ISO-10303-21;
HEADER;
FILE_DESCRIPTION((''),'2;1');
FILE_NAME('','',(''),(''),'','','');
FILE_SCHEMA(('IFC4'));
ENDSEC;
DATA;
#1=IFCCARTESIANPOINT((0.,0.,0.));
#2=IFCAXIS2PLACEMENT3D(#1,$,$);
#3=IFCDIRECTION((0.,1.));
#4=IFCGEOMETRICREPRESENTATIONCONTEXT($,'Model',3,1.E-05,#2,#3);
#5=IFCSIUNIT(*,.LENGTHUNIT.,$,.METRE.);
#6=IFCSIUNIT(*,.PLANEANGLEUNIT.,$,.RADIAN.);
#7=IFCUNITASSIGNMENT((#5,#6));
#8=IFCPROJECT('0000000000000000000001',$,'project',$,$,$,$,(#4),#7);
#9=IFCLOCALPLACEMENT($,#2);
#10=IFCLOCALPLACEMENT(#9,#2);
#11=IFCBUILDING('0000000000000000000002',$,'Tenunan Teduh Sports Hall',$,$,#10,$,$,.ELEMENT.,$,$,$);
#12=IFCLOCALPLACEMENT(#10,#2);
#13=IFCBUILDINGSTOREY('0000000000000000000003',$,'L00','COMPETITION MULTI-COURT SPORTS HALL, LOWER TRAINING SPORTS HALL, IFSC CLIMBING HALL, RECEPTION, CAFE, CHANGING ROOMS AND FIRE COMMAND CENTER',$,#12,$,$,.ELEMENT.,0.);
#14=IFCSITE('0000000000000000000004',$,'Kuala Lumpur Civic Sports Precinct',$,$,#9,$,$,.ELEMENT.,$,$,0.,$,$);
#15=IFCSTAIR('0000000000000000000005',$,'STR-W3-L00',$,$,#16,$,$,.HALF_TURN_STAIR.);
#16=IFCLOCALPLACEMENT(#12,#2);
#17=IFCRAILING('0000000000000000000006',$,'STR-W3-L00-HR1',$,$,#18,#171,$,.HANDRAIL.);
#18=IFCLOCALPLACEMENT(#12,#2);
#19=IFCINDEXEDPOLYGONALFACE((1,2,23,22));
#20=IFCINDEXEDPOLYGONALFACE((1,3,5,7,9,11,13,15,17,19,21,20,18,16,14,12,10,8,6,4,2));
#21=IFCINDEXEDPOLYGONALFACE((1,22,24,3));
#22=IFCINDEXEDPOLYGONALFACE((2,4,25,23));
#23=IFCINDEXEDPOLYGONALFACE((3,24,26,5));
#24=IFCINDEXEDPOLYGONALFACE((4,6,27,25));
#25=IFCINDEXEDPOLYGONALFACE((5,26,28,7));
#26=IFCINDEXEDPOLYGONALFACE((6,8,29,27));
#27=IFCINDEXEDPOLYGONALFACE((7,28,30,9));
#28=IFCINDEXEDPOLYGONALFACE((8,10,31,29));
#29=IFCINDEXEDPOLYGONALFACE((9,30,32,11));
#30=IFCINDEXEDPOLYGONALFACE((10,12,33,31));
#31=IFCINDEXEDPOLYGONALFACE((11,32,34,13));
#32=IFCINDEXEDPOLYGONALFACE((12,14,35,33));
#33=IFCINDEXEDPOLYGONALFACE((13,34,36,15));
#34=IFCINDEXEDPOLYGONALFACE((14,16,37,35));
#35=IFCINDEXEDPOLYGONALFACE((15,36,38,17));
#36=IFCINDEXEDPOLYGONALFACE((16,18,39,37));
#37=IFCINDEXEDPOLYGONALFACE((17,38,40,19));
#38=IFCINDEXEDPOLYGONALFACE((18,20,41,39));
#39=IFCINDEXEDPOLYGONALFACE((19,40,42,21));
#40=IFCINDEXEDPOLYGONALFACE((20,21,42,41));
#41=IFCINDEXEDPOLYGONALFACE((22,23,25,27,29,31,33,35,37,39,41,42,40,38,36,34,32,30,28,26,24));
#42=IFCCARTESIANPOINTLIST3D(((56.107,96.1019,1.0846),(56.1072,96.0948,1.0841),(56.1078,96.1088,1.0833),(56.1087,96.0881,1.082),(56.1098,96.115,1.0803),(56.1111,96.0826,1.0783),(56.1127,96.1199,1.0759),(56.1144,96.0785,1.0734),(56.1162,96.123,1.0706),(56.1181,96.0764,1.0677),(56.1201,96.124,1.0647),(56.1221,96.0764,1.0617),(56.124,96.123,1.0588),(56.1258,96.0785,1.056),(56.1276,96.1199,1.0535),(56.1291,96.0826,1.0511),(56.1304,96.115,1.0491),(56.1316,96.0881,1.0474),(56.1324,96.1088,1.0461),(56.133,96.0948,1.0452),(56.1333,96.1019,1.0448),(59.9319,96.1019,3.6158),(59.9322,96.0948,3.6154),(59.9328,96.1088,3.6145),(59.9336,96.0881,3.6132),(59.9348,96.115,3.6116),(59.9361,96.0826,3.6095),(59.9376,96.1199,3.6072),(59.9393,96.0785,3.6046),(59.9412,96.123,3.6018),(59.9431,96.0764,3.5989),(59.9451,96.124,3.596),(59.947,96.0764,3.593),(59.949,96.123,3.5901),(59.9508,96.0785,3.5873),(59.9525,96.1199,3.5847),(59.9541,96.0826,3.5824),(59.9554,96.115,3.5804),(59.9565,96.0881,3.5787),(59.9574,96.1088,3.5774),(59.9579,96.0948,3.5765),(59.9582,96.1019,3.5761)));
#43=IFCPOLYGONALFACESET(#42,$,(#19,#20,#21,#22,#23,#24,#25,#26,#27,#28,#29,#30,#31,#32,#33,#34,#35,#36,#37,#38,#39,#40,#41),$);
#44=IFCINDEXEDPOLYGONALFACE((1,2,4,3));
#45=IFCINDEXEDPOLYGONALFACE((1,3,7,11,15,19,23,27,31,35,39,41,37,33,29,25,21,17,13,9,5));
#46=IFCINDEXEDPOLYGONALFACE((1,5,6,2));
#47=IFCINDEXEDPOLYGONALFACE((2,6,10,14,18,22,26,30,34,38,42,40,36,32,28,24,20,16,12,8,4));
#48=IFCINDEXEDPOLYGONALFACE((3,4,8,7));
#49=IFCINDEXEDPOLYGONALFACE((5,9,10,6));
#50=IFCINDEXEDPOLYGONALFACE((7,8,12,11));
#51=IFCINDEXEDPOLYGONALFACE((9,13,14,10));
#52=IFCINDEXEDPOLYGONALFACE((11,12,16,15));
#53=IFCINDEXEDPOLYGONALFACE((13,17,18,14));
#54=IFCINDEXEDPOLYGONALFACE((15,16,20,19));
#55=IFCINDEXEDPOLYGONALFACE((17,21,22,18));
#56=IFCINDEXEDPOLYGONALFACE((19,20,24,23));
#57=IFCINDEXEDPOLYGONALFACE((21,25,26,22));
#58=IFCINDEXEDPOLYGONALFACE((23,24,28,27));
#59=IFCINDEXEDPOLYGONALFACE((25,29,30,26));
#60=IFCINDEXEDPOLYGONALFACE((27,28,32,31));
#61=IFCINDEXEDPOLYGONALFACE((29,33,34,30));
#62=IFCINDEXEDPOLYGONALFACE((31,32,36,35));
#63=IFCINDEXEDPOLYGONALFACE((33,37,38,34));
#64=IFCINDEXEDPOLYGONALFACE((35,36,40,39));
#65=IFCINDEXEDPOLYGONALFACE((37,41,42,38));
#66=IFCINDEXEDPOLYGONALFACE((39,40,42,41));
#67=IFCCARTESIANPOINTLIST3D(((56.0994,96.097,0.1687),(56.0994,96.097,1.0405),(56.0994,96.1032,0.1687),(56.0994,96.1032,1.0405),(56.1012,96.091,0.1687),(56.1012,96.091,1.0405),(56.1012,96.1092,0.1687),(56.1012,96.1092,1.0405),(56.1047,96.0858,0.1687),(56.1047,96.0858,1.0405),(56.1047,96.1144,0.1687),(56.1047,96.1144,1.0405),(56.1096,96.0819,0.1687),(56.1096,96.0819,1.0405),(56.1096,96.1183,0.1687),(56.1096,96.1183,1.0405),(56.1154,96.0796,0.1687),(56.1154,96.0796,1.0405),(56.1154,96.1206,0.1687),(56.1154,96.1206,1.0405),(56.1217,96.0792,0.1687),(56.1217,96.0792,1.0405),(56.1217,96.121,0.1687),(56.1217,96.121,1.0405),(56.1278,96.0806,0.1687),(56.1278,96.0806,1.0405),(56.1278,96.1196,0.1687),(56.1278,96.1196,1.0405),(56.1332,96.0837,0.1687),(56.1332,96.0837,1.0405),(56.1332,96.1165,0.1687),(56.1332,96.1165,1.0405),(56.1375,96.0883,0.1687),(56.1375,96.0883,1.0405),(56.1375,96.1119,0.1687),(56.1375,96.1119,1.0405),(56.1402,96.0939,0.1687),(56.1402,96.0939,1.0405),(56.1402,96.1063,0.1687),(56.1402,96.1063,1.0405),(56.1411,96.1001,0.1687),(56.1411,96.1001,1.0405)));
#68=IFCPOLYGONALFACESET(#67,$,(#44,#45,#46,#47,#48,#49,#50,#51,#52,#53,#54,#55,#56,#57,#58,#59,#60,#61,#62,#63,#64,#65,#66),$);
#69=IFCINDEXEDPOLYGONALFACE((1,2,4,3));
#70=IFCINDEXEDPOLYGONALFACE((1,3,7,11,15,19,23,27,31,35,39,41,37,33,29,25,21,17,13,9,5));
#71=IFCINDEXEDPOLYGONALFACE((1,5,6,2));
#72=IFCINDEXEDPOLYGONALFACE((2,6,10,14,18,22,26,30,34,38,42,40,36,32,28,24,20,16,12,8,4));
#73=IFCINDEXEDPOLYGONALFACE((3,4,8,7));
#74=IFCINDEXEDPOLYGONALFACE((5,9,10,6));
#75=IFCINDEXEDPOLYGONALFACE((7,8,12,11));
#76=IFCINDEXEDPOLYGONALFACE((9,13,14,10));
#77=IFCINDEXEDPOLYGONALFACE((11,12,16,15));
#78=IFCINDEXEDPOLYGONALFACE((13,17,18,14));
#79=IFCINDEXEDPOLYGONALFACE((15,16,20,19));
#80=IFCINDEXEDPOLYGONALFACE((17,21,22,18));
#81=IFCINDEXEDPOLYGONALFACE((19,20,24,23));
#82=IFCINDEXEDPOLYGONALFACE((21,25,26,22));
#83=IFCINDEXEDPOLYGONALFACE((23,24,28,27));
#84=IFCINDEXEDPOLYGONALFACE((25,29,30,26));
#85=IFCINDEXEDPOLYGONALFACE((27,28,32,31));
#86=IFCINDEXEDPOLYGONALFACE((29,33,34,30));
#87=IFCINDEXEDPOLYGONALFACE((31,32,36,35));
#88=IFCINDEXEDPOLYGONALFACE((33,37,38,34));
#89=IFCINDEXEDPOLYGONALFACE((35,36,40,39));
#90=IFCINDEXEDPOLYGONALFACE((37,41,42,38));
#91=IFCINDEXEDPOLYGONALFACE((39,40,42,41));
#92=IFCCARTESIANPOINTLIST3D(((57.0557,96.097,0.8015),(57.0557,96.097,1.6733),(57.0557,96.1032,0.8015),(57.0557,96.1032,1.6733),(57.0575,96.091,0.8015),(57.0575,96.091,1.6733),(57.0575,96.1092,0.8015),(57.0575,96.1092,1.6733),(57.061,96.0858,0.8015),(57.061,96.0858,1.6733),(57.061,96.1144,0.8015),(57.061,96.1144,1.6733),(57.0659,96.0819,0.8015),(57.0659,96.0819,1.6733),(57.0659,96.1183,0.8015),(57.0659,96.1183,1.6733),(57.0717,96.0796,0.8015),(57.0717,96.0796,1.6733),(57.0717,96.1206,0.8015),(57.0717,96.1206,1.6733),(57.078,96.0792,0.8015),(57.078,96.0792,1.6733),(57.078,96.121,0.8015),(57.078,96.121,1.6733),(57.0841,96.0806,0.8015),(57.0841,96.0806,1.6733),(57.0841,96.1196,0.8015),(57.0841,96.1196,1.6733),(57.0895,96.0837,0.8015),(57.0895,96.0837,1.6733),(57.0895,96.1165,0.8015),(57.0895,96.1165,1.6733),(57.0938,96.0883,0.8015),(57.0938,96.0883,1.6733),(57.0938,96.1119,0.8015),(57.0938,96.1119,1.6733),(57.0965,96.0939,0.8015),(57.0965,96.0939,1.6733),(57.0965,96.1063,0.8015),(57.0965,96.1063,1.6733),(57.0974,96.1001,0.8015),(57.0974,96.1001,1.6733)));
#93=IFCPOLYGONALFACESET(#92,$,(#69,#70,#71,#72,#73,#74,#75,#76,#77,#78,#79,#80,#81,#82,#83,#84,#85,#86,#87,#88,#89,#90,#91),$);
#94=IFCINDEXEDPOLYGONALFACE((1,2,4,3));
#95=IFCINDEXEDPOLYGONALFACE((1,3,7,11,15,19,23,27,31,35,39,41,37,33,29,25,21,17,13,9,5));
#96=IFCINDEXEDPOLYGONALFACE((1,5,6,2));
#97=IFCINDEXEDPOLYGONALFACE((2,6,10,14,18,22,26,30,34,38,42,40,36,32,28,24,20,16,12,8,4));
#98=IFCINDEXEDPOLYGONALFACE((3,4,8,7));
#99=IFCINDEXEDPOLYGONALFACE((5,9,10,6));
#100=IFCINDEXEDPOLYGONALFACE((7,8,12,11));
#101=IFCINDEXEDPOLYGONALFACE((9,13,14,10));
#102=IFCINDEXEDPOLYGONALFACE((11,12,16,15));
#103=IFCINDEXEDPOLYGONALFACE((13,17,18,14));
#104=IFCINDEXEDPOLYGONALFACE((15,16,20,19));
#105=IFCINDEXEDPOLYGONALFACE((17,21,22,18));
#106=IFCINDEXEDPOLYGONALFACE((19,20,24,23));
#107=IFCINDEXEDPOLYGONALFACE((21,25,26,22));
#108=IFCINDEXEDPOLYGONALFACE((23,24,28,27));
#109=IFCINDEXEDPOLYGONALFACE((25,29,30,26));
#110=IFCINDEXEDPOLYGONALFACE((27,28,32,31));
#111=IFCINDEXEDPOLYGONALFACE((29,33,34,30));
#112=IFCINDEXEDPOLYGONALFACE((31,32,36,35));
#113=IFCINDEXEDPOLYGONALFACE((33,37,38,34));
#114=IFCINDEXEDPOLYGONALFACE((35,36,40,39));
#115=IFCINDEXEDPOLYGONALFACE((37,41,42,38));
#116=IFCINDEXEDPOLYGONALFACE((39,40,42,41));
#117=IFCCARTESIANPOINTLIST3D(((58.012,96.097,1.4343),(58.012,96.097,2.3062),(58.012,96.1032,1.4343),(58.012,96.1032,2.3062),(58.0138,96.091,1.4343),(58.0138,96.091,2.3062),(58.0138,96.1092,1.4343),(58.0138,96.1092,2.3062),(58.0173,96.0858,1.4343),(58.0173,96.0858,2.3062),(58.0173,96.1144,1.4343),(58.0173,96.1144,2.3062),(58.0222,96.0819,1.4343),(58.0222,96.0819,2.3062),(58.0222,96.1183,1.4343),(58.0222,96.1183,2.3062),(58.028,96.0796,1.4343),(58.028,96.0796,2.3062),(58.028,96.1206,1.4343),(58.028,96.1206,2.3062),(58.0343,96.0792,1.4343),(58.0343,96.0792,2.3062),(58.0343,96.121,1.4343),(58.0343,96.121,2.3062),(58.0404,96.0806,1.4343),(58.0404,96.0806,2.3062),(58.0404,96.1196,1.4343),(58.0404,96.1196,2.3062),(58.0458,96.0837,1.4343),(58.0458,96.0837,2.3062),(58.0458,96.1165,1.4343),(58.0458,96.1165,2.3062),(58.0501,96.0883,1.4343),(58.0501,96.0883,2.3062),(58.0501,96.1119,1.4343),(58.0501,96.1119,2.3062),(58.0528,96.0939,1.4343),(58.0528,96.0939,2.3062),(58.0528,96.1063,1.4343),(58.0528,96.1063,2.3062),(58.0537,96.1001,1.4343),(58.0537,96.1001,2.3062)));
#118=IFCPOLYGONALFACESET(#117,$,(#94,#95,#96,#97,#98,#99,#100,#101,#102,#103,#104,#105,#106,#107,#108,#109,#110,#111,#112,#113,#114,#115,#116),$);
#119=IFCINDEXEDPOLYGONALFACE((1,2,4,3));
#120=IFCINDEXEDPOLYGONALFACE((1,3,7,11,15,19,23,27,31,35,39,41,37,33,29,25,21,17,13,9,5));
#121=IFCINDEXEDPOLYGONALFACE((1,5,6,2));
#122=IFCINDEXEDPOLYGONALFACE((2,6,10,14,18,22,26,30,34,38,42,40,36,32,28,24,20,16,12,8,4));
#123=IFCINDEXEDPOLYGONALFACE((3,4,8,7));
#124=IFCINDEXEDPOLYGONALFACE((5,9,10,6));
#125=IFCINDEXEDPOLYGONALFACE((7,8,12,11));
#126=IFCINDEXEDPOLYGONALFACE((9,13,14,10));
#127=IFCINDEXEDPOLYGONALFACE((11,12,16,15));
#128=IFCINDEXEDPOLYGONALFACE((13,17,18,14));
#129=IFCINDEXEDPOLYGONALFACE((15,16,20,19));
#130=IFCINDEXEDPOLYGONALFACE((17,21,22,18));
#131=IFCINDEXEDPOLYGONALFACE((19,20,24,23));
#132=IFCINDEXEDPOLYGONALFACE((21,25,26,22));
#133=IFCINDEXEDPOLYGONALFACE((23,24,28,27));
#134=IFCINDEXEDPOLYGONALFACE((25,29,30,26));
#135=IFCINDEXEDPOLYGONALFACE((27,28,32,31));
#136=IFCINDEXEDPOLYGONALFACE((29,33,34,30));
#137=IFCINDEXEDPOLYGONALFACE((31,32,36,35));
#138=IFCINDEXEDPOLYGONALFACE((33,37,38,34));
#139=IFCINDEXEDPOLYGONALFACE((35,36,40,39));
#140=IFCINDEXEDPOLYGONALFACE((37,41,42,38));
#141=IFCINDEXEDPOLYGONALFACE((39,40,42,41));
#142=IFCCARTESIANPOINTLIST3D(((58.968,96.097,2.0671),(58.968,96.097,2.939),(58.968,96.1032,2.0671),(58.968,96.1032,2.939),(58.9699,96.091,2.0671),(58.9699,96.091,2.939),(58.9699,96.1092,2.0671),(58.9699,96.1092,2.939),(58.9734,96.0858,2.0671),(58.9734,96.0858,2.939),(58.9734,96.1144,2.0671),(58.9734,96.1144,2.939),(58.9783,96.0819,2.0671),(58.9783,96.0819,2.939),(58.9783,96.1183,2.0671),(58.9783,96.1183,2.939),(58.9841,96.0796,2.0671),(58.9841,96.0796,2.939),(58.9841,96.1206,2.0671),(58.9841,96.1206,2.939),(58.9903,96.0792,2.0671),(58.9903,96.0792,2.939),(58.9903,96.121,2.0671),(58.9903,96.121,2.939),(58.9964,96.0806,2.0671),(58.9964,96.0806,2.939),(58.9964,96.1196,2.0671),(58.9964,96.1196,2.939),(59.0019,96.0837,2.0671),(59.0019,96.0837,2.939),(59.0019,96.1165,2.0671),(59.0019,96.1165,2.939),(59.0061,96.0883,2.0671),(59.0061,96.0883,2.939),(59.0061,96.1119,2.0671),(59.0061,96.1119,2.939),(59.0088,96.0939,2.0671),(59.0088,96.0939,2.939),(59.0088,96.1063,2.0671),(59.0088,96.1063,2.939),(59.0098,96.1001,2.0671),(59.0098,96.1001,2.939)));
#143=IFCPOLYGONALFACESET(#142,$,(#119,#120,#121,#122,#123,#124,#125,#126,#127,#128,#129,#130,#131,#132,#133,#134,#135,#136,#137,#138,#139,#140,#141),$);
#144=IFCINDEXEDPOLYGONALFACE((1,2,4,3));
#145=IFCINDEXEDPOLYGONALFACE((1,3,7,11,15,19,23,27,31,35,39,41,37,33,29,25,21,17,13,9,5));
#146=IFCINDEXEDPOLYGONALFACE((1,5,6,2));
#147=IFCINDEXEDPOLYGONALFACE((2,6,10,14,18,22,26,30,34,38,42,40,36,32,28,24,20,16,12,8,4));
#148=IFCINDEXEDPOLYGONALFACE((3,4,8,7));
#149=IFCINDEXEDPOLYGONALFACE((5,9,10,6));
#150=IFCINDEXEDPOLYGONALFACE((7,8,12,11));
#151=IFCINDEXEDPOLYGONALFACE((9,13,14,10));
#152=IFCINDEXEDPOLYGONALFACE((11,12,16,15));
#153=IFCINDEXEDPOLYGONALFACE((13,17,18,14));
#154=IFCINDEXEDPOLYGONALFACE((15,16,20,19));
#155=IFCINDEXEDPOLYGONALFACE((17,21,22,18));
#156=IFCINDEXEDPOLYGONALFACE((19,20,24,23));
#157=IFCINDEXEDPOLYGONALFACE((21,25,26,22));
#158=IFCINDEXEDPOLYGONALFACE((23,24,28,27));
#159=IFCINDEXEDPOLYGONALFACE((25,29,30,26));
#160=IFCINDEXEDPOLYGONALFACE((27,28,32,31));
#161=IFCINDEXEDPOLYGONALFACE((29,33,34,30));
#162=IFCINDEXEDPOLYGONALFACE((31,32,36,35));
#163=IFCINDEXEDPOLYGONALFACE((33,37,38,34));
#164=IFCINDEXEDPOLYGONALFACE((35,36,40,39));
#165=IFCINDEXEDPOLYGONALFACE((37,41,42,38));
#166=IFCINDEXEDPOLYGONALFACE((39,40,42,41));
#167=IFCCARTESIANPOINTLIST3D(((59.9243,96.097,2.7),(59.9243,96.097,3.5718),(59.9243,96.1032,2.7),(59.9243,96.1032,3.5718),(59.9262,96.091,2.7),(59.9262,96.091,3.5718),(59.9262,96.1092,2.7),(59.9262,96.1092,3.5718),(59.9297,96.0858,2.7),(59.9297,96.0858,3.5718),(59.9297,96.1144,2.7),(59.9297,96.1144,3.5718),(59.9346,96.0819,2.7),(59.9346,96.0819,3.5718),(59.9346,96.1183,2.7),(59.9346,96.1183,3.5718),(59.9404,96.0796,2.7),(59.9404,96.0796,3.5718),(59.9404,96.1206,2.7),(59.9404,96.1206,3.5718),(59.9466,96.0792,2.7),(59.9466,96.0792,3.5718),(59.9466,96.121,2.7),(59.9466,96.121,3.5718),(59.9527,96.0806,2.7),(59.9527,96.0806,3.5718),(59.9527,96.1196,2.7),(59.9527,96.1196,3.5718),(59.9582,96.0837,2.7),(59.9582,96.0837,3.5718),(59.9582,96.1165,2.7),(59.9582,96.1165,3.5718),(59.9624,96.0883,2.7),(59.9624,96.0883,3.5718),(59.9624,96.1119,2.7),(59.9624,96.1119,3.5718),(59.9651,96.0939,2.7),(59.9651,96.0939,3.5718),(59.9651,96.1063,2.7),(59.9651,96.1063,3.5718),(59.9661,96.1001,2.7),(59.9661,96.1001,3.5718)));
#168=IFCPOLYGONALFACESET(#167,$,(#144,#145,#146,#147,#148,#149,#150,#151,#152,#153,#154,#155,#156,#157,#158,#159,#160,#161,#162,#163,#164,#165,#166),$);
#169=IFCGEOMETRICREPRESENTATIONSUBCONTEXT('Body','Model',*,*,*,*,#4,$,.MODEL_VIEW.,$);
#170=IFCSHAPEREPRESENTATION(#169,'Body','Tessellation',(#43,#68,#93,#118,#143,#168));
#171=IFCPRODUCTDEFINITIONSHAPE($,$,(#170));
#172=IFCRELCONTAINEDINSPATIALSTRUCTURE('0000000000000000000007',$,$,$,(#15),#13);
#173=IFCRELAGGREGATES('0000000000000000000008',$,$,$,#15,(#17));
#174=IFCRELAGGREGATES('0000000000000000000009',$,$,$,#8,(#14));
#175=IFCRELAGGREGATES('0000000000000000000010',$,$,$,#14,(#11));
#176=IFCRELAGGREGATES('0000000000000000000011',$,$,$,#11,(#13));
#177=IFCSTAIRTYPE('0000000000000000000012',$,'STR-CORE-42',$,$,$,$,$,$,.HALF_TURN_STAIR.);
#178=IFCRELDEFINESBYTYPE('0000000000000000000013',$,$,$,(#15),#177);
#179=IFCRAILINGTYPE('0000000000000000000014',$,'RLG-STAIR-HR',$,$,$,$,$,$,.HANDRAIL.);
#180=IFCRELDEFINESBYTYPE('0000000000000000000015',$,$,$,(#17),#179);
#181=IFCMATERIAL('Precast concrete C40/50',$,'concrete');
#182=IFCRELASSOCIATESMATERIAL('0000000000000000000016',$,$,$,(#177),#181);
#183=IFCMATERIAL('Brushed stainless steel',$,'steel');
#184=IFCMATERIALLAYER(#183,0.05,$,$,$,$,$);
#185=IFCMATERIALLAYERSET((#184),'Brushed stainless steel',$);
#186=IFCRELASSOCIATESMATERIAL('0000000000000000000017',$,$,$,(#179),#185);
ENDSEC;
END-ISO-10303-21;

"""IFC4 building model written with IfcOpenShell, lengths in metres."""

from ifc_helpers import new_model, si_unit, direction, frame, origin, origin_2d, place, context, subcontext, project, spatial, circle, extrude, material, layer, layer_set, type_object, element, aggregate, save


model = new_model("IFC4")

# Units and contexts
model_context = context("Model", 3, precision=1e-05, world=origin(), true_north=direction((0.0, 1.0)))
body_context = subcontext(model_context, "Body", "Model", "MODEL_VIEW")
ifc_project = project(units=[si_unit("LENGTHUNIT", "METRE"), si_unit("PLANEANGLEUNIT", "RADIAN")], contexts=[model_context])

# Site, building, storey
site_placement = place(None, origin())
site = spatial("IfcSite", under=ifc_project, at=site_placement, Name="Kuala Lumpur Civic Sports Precinct", CompositionType="ELEMENT", RefElevation=0.0)
building_placement = place(site_placement, origin())
building = spatial("IfcBuilding", under=site, at=building_placement, Name="Tenunan Teduh Sports Hall", CompositionType="ELEMENT")
storey_placement = place(building_placement, origin())
storey = spatial("IfcBuildingStorey", under=building, at=storey_placement, Name="L00", Description="COMPETITION MULTI-COURT SPORTS HALL, LOWER TRAINING SPORTS HALL, IFSC CLIMBING HALL, RECEPTION, CAFE, CHANGING ROOMS AND FIRE COMMAND CENTER", CompositionType="ELEMENT", Elevation=0.0)

# Stair
ifc_material_1 = material(Name="Precast concrete C40/50", Category="concrete")
stair_type = type_object("IfcStairType", Name="STR-CORE-42", PredefinedType="HALF_TURN_STAIR", material=ifc_material_1)
stair_placement = place(storey_placement, origin())
stair = element("IfcStair", 1, at=stair_placement, inside=storey, type_object=stair_type, Name="STR-W3-L00", PredefinedType="HALF_TURN_STAIR")

# Railing
ifc_material_2 = material(Name="Brushed stainless steel", Category="steel")
ifc_layer_1 = layer(ifc_material_2, 0.05)
ifc_layer_set_1 = layer_set([ifc_layer_1], Name="Brushed stainless steel")
railing_type_1 = type_object("IfcRailingType", Name="RLG-STAIR-HR", PredefinedType="HANDRAIL", material=ifc_layer_set_1)
railing_1_placement = place(storey_placement, frame((56.1201, 96.1001, 0.1687)))
railing_1 = element("IfcRailing", 2, at=railing_1_placement, type_object=railing_type_1, Name="STR-W3-L00-HR1", PredefinedType="HANDRAIL", context=body_context, shape_type="SweptSolid", body=[
    extrude(circle(Radius=0.0239, at=origin_2d()), frame((0.0, 0.0, 0.896), z_axis=(0.833929, 0.0, 0.551872), x_axis=(0.0, 1.0, 0.0)), (0.0, 0.0, 1.0), 4.5867),
    extrude(circle(Radius=0.021, at=origin_2d()), origin(), (0.0, 0.0, 1.0), 0.8718),
    extrude(circle(Radius=0.021, at=origin_2d()), frame((0.9563, 0.0, 0.6328)), (0.0, 0.0, 1.0), 0.8718),
    extrude(circle(Radius=0.021, at=origin_2d()), frame((1.9126, 0.0, 1.2656)), (0.0, 0.0, 1.0), 0.8718),
    extrude(circle(Radius=0.021, at=origin_2d()), frame((2.8687, 0.0, 1.8984)), (0.0, 0.0, 1.0), 0.8718),
    extrude(circle(Radius=0.021, at=origin_2d()), frame((3.825, 0.0, 2.5312)), (0.0, 0.0, 1.0), 0.8718),
])
aggregate(stair, [railing_1])

save(model, "model.ifc")
